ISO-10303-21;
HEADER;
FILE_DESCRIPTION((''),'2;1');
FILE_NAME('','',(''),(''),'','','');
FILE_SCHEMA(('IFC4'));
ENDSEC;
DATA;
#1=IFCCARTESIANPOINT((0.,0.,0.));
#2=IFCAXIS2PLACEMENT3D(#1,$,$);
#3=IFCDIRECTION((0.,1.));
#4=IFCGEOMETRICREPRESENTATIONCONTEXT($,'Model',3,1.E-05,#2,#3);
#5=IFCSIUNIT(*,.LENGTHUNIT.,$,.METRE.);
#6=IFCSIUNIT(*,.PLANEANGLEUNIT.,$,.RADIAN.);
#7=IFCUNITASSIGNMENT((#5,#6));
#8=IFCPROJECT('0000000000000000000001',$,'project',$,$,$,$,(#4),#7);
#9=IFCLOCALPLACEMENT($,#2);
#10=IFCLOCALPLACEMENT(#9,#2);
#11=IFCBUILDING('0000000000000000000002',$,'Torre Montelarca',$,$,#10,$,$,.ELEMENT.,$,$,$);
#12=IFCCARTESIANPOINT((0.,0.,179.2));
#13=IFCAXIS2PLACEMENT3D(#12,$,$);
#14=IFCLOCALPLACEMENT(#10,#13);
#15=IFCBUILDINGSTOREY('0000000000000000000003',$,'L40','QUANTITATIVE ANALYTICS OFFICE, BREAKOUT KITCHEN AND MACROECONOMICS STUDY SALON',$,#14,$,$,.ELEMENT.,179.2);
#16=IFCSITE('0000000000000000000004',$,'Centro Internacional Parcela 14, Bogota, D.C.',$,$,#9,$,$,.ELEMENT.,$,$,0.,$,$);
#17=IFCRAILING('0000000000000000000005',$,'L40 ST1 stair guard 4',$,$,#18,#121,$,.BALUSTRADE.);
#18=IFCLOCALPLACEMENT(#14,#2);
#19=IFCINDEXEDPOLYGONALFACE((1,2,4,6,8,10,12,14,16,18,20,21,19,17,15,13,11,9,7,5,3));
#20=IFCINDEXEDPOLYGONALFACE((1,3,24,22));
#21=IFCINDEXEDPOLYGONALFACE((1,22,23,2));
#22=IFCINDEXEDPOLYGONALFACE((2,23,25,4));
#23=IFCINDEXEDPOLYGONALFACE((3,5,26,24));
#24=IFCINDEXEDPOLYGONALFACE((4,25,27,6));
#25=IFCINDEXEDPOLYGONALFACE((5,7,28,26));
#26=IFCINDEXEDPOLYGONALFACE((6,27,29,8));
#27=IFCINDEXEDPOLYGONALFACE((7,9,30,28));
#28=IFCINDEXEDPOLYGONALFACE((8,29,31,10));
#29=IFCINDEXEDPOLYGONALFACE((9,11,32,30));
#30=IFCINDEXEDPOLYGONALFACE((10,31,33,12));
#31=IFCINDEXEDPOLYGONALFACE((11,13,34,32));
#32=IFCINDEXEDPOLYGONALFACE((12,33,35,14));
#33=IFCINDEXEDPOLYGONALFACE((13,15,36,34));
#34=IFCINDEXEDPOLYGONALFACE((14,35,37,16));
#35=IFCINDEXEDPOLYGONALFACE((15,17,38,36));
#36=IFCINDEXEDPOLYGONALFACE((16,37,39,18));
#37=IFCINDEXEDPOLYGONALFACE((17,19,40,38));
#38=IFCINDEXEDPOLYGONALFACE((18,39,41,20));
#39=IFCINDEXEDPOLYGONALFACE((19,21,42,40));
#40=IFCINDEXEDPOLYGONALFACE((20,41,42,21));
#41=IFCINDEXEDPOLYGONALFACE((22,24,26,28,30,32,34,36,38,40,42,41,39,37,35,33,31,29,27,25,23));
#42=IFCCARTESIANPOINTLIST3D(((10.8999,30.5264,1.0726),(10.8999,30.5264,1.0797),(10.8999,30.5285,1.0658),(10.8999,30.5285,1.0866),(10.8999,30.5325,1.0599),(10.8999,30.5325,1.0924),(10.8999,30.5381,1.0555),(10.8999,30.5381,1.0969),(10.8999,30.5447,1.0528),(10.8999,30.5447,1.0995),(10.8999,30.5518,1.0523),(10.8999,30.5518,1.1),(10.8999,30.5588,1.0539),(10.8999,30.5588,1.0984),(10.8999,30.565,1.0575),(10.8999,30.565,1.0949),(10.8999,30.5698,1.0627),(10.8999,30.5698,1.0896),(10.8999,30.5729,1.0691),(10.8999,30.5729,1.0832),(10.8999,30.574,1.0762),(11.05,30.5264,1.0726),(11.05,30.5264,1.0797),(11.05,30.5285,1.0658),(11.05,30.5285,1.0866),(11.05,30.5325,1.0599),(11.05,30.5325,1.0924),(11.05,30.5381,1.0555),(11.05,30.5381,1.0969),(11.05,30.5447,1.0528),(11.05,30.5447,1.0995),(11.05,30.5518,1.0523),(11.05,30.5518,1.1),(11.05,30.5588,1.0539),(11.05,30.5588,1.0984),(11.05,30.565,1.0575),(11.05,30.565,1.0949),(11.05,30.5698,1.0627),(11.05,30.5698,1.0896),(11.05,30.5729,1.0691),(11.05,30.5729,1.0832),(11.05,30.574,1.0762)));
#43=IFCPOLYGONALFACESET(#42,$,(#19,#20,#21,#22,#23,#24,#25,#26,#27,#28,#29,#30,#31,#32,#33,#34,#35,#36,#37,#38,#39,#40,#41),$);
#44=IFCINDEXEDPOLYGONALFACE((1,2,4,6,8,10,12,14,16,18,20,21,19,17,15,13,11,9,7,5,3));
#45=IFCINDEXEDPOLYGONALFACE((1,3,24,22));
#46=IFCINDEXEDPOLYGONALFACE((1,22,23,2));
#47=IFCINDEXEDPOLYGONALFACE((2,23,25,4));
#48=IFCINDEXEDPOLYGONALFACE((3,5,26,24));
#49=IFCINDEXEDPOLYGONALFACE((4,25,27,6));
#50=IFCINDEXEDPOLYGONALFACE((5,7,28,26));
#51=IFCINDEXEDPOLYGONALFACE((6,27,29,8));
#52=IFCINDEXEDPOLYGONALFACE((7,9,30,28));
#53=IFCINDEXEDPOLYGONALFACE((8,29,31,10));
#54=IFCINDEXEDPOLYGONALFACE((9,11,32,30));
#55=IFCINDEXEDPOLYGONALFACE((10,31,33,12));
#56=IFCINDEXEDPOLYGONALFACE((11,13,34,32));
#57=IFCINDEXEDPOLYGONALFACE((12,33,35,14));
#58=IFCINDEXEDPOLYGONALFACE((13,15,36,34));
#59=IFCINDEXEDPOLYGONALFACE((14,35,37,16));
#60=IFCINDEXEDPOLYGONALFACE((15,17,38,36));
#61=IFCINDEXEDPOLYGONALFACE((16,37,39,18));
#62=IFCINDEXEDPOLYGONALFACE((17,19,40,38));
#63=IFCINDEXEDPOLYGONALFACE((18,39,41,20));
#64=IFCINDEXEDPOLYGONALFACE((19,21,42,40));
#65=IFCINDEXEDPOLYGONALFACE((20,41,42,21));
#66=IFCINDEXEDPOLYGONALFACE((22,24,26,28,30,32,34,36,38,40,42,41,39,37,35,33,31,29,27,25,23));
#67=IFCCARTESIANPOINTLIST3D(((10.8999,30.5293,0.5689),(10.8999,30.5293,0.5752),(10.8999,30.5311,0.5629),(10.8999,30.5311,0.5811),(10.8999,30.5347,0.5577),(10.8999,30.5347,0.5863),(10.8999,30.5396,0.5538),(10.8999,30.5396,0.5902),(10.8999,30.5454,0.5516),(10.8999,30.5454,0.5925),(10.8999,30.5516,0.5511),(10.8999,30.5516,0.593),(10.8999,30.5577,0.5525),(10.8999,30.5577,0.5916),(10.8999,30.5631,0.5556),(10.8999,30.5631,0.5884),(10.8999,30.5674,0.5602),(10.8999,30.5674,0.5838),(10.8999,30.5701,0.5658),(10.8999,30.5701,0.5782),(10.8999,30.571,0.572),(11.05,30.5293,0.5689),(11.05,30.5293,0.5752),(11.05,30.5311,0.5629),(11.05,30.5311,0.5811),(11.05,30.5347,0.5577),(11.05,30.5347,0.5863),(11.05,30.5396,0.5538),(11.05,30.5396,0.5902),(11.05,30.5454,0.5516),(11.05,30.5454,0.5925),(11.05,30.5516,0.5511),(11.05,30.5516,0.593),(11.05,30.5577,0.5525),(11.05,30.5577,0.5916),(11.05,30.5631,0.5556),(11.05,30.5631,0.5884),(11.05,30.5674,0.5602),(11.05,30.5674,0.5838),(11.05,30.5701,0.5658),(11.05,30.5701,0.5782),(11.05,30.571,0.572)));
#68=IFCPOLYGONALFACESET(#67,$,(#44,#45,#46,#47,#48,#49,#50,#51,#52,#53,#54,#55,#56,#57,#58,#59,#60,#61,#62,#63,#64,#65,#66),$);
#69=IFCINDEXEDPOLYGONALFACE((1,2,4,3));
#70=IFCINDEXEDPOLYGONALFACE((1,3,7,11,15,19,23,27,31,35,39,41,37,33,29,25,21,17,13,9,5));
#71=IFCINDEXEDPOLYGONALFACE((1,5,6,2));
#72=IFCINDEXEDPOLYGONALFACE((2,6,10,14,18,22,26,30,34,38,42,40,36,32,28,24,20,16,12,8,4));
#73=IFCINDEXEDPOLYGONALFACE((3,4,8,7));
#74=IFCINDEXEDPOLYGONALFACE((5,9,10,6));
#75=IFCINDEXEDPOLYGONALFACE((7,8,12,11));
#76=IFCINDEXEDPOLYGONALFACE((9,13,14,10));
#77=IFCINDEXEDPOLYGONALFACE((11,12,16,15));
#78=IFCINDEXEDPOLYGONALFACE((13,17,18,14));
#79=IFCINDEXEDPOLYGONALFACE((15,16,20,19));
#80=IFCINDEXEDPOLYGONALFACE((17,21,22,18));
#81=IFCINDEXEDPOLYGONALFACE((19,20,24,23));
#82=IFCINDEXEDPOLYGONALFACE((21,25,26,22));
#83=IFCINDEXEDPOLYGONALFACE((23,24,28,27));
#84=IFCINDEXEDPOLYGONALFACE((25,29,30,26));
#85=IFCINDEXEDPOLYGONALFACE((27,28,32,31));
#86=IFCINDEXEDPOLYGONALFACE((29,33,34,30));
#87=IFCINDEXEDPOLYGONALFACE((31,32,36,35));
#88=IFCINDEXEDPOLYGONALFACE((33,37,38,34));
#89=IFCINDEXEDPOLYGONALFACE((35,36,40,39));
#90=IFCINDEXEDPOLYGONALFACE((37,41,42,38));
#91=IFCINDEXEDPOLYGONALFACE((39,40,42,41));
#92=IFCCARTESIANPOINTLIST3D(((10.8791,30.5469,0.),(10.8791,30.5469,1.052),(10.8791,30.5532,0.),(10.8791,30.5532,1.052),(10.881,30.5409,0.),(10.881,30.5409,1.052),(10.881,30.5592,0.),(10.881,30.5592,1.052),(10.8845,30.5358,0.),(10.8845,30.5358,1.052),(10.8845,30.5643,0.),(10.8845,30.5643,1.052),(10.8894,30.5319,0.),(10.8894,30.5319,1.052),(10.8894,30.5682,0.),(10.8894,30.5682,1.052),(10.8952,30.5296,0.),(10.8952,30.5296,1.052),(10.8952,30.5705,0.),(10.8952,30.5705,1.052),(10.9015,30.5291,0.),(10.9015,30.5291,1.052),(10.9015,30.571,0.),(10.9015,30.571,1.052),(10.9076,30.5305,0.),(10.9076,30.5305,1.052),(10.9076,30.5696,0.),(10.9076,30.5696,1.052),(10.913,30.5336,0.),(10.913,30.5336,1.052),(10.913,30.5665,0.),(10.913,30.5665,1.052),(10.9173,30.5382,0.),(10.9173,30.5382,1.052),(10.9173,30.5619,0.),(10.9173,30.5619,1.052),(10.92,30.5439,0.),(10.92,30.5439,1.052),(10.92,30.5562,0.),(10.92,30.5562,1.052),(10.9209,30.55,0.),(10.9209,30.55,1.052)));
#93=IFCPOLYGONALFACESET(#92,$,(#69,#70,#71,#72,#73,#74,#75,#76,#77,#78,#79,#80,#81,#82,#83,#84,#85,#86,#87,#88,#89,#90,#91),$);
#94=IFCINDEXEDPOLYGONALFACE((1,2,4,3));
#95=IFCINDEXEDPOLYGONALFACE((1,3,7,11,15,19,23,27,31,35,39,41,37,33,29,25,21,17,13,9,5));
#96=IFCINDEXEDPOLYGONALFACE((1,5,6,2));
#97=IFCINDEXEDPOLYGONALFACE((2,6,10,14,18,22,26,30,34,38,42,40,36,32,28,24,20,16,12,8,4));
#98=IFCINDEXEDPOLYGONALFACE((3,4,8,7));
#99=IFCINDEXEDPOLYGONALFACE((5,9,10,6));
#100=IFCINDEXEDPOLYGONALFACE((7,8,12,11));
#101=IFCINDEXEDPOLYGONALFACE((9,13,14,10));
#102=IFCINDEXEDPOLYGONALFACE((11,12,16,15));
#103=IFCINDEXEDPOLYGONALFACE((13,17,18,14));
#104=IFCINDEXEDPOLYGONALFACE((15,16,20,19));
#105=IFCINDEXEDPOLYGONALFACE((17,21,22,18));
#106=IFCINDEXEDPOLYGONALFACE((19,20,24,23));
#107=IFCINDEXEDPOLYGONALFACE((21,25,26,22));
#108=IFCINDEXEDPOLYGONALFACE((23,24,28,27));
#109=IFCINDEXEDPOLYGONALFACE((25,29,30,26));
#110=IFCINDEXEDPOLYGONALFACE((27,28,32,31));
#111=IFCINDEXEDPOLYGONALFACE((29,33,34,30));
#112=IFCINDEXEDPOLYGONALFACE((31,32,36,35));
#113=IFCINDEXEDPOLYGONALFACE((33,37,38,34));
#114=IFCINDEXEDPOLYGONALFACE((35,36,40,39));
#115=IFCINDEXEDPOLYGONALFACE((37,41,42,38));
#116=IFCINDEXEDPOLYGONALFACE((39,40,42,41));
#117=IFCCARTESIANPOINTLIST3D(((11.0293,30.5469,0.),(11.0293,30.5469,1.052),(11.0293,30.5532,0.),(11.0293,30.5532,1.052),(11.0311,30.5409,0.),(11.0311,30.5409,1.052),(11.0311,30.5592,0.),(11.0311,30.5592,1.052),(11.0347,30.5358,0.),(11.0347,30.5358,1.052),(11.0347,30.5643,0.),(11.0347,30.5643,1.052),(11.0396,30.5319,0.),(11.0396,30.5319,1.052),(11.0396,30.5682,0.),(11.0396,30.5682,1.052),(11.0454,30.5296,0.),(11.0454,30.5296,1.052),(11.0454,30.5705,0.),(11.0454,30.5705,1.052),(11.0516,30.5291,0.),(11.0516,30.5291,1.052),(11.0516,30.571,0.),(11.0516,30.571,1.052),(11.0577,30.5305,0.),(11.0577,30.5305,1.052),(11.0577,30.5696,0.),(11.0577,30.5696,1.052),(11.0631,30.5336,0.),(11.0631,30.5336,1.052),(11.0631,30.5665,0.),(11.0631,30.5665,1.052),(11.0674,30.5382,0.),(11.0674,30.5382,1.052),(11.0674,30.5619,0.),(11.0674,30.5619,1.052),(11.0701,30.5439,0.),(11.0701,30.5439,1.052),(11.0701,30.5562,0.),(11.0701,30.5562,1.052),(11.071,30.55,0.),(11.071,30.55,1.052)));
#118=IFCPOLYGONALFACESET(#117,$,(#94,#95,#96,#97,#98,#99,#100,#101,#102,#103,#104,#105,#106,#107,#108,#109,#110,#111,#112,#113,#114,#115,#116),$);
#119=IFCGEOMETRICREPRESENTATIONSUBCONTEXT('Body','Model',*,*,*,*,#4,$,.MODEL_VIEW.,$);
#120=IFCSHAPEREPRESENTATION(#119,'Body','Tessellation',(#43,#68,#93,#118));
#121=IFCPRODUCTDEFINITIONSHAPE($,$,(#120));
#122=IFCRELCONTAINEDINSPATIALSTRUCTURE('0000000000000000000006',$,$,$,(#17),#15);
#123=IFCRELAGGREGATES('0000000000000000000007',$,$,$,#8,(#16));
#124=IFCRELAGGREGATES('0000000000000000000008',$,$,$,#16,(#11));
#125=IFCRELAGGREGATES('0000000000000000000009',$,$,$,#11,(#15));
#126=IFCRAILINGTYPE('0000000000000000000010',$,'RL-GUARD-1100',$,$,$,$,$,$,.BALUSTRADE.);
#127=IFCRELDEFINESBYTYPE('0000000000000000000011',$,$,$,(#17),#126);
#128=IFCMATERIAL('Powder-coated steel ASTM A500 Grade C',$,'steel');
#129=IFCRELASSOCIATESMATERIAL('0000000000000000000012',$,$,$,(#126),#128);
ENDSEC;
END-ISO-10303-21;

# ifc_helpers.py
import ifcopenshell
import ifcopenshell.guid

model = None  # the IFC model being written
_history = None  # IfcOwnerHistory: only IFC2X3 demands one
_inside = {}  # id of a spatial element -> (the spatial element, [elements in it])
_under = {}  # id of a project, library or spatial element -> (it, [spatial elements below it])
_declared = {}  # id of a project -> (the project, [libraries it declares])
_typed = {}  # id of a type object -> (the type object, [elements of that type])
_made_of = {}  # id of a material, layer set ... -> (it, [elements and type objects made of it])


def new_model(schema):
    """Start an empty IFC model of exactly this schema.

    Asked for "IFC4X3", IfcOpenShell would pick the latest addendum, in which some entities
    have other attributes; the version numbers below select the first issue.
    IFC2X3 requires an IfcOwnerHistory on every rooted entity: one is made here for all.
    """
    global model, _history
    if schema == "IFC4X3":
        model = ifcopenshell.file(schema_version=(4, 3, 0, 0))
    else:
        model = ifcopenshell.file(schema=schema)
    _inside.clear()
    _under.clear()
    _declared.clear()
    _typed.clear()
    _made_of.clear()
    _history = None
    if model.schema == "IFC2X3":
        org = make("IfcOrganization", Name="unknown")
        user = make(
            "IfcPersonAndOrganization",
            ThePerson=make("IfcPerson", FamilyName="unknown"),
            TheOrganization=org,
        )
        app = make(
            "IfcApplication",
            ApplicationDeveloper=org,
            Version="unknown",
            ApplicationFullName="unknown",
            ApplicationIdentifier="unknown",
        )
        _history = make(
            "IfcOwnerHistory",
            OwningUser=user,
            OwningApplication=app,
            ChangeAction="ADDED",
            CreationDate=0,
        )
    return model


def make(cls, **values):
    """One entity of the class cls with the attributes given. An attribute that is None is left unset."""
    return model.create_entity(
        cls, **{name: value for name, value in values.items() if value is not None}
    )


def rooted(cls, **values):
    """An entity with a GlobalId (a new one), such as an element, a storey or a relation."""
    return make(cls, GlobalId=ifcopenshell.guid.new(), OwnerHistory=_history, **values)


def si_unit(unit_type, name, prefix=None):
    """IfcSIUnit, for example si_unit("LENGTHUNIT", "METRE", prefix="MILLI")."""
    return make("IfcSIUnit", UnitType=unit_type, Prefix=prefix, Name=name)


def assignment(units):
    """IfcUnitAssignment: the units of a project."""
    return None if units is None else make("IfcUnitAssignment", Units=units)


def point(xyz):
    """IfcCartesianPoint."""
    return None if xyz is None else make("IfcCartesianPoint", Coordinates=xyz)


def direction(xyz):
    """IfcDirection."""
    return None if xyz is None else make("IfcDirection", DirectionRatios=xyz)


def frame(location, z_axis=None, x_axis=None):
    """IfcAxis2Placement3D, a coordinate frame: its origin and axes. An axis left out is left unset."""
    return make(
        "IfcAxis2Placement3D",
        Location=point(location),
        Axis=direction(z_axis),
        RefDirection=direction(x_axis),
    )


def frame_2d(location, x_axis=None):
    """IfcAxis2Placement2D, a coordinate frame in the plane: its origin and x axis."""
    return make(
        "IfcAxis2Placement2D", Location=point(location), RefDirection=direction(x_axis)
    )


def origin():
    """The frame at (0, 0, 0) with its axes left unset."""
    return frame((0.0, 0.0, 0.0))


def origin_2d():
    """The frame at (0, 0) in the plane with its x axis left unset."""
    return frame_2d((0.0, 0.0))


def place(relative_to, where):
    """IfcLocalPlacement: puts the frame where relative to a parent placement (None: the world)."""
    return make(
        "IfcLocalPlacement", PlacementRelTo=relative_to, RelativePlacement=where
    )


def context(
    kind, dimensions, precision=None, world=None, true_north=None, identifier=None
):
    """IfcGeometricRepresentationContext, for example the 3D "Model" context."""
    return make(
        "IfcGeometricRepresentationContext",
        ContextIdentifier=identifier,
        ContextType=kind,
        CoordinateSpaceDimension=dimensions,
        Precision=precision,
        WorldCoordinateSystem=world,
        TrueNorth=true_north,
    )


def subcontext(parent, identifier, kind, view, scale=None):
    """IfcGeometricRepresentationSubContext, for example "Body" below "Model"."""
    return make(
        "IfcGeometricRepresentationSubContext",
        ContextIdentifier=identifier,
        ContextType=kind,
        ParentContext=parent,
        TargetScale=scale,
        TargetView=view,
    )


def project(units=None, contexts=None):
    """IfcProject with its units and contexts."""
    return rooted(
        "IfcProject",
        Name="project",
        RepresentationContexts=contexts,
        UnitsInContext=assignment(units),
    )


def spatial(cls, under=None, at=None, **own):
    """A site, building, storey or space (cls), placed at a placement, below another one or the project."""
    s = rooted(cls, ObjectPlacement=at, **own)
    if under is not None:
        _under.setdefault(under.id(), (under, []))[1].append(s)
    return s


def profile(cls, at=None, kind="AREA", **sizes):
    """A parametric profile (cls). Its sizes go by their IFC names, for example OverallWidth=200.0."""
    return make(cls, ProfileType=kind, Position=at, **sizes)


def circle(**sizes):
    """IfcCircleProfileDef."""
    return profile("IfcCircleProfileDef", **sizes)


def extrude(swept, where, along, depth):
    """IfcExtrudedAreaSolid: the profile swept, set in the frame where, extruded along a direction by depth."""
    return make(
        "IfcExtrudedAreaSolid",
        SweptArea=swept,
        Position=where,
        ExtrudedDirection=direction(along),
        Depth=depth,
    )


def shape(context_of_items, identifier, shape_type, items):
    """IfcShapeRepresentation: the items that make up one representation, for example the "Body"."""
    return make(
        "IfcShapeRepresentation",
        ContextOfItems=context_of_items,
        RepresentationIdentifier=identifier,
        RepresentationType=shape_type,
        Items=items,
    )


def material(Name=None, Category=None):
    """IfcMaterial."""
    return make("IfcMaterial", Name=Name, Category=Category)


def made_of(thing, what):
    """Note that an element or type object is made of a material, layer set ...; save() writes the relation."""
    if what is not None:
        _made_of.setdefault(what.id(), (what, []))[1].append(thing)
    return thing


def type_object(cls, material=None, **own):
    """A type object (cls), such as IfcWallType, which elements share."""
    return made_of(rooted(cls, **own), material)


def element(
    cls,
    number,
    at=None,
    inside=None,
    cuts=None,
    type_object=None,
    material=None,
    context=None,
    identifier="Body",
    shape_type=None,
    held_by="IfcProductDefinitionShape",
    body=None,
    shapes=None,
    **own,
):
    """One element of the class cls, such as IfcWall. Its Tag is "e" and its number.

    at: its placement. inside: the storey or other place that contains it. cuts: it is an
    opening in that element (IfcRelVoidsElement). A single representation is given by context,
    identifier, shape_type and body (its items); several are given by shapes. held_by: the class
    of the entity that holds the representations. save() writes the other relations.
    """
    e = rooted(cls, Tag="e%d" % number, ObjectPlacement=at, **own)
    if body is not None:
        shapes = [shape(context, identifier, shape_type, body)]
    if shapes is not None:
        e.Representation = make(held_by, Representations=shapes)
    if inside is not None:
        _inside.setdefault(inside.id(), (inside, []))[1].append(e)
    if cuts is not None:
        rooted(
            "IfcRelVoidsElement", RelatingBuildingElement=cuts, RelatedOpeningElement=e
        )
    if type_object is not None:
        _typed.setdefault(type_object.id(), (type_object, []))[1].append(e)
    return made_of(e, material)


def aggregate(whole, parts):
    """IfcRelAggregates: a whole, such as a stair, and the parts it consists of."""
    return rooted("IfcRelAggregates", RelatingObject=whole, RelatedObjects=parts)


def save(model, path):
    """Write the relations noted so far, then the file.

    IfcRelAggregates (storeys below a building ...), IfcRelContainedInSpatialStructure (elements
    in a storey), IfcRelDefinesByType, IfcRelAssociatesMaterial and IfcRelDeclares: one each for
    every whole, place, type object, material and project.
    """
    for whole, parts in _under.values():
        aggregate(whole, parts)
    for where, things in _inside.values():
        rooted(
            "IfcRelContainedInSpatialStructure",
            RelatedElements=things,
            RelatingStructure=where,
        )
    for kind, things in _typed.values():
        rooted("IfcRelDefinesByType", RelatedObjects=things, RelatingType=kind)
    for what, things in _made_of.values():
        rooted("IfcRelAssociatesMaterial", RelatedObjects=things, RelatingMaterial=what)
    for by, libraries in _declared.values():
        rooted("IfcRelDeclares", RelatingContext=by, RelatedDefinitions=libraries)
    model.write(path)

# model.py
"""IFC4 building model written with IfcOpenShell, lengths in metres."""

from ifc_helpers import new_model, si_unit, direction, frame, origin, origin_2d, place, context, subcontext, project, spatial, circle, extrude, material, type_object, element, save


model = new_model("IFC4")

# Units and contexts
model_context = context("Model", 3, precision=1e-05, world=origin(), true_north=direction((0.0, 1.0)))
body_context = subcontext(model_context, "Body", "Model", "MODEL_VIEW")
ifc_project = project(units=[si_unit("LENGTHUNIT", "METRE"), si_unit("PLANEANGLEUNIT", "RADIAN")], contexts=[model_context])

# Site, building, storey
site_placement = place(None, origin())
site = spatial("IfcSite", under=ifc_project, at=site_placement, Name="Centro Internacional Parcela 14, Bogota, D.C.", CompositionType="ELEMENT", RefElevation=0.0)
building_placement = place(site_placement, origin())
building = spatial("IfcBuilding", under=site, at=building_placement, Name="Torre Montelarca", CompositionType="ELEMENT")
storey_placement = place(building_placement, frame((0.0, 0.0, 179.2)))
storey = spatial("IfcBuildingStorey", under=building, at=storey_placement, Name="L40", Description="QUANTITATIVE ANALYTICS OFFICE, BREAKOUT KITCHEN AND MACROECONOMICS STUDY SALON", CompositionType="ELEMENT", Elevation=179.2)

# Railing
ifc_material_1 = material(Name="Powder-coated steel ASTM A500 Grade C", Category="steel")
railing_type_1 = type_object("IfcRailingType", Name="RL-GUARD-1100", PredefinedType="BALUSTRADE", material=ifc_material_1)
railing_1_placement = place(storey_placement, frame((10.8999, 30.55, 0.0)))
element("IfcRailing", 1, at=railing_1_placement, inside=storey, type_object=railing_type_1, Name="L40 ST1 stair guard 4", PredefinedType="BALUSTRADE", context=body_context, shape_type="SweptSolid", body=[
    extrude(circle(Radius=0.0239, at=origin_2d()), frame((0.0, 0.0, 1.0762), z_axis=(1.0, 0.0, 0.0), x_axis=(0.0, 1.0, 0.0)), (0.0, 0.0, 1.0), 0.1501),
    extrude(circle(Radius=0.021, at=origin_2d()), frame((0.0, 0.0, 0.572), z_axis=(1.0, 0.0, 0.0), x_axis=(0.0, 1.0, 0.0)), (0.0, 0.0, 1.0), 0.1501),
    extrude(circle(Radius=0.021, at=origin_2d()), origin(), (0.0, 0.0, 1.0), 1.052),
    extrude(circle(Radius=0.021, at=origin_2d()), frame((0.1501, 0.0, 0.0)), (0.0, 0.0, 1.0), 1.052),
])

save(model, "model.ifc")
